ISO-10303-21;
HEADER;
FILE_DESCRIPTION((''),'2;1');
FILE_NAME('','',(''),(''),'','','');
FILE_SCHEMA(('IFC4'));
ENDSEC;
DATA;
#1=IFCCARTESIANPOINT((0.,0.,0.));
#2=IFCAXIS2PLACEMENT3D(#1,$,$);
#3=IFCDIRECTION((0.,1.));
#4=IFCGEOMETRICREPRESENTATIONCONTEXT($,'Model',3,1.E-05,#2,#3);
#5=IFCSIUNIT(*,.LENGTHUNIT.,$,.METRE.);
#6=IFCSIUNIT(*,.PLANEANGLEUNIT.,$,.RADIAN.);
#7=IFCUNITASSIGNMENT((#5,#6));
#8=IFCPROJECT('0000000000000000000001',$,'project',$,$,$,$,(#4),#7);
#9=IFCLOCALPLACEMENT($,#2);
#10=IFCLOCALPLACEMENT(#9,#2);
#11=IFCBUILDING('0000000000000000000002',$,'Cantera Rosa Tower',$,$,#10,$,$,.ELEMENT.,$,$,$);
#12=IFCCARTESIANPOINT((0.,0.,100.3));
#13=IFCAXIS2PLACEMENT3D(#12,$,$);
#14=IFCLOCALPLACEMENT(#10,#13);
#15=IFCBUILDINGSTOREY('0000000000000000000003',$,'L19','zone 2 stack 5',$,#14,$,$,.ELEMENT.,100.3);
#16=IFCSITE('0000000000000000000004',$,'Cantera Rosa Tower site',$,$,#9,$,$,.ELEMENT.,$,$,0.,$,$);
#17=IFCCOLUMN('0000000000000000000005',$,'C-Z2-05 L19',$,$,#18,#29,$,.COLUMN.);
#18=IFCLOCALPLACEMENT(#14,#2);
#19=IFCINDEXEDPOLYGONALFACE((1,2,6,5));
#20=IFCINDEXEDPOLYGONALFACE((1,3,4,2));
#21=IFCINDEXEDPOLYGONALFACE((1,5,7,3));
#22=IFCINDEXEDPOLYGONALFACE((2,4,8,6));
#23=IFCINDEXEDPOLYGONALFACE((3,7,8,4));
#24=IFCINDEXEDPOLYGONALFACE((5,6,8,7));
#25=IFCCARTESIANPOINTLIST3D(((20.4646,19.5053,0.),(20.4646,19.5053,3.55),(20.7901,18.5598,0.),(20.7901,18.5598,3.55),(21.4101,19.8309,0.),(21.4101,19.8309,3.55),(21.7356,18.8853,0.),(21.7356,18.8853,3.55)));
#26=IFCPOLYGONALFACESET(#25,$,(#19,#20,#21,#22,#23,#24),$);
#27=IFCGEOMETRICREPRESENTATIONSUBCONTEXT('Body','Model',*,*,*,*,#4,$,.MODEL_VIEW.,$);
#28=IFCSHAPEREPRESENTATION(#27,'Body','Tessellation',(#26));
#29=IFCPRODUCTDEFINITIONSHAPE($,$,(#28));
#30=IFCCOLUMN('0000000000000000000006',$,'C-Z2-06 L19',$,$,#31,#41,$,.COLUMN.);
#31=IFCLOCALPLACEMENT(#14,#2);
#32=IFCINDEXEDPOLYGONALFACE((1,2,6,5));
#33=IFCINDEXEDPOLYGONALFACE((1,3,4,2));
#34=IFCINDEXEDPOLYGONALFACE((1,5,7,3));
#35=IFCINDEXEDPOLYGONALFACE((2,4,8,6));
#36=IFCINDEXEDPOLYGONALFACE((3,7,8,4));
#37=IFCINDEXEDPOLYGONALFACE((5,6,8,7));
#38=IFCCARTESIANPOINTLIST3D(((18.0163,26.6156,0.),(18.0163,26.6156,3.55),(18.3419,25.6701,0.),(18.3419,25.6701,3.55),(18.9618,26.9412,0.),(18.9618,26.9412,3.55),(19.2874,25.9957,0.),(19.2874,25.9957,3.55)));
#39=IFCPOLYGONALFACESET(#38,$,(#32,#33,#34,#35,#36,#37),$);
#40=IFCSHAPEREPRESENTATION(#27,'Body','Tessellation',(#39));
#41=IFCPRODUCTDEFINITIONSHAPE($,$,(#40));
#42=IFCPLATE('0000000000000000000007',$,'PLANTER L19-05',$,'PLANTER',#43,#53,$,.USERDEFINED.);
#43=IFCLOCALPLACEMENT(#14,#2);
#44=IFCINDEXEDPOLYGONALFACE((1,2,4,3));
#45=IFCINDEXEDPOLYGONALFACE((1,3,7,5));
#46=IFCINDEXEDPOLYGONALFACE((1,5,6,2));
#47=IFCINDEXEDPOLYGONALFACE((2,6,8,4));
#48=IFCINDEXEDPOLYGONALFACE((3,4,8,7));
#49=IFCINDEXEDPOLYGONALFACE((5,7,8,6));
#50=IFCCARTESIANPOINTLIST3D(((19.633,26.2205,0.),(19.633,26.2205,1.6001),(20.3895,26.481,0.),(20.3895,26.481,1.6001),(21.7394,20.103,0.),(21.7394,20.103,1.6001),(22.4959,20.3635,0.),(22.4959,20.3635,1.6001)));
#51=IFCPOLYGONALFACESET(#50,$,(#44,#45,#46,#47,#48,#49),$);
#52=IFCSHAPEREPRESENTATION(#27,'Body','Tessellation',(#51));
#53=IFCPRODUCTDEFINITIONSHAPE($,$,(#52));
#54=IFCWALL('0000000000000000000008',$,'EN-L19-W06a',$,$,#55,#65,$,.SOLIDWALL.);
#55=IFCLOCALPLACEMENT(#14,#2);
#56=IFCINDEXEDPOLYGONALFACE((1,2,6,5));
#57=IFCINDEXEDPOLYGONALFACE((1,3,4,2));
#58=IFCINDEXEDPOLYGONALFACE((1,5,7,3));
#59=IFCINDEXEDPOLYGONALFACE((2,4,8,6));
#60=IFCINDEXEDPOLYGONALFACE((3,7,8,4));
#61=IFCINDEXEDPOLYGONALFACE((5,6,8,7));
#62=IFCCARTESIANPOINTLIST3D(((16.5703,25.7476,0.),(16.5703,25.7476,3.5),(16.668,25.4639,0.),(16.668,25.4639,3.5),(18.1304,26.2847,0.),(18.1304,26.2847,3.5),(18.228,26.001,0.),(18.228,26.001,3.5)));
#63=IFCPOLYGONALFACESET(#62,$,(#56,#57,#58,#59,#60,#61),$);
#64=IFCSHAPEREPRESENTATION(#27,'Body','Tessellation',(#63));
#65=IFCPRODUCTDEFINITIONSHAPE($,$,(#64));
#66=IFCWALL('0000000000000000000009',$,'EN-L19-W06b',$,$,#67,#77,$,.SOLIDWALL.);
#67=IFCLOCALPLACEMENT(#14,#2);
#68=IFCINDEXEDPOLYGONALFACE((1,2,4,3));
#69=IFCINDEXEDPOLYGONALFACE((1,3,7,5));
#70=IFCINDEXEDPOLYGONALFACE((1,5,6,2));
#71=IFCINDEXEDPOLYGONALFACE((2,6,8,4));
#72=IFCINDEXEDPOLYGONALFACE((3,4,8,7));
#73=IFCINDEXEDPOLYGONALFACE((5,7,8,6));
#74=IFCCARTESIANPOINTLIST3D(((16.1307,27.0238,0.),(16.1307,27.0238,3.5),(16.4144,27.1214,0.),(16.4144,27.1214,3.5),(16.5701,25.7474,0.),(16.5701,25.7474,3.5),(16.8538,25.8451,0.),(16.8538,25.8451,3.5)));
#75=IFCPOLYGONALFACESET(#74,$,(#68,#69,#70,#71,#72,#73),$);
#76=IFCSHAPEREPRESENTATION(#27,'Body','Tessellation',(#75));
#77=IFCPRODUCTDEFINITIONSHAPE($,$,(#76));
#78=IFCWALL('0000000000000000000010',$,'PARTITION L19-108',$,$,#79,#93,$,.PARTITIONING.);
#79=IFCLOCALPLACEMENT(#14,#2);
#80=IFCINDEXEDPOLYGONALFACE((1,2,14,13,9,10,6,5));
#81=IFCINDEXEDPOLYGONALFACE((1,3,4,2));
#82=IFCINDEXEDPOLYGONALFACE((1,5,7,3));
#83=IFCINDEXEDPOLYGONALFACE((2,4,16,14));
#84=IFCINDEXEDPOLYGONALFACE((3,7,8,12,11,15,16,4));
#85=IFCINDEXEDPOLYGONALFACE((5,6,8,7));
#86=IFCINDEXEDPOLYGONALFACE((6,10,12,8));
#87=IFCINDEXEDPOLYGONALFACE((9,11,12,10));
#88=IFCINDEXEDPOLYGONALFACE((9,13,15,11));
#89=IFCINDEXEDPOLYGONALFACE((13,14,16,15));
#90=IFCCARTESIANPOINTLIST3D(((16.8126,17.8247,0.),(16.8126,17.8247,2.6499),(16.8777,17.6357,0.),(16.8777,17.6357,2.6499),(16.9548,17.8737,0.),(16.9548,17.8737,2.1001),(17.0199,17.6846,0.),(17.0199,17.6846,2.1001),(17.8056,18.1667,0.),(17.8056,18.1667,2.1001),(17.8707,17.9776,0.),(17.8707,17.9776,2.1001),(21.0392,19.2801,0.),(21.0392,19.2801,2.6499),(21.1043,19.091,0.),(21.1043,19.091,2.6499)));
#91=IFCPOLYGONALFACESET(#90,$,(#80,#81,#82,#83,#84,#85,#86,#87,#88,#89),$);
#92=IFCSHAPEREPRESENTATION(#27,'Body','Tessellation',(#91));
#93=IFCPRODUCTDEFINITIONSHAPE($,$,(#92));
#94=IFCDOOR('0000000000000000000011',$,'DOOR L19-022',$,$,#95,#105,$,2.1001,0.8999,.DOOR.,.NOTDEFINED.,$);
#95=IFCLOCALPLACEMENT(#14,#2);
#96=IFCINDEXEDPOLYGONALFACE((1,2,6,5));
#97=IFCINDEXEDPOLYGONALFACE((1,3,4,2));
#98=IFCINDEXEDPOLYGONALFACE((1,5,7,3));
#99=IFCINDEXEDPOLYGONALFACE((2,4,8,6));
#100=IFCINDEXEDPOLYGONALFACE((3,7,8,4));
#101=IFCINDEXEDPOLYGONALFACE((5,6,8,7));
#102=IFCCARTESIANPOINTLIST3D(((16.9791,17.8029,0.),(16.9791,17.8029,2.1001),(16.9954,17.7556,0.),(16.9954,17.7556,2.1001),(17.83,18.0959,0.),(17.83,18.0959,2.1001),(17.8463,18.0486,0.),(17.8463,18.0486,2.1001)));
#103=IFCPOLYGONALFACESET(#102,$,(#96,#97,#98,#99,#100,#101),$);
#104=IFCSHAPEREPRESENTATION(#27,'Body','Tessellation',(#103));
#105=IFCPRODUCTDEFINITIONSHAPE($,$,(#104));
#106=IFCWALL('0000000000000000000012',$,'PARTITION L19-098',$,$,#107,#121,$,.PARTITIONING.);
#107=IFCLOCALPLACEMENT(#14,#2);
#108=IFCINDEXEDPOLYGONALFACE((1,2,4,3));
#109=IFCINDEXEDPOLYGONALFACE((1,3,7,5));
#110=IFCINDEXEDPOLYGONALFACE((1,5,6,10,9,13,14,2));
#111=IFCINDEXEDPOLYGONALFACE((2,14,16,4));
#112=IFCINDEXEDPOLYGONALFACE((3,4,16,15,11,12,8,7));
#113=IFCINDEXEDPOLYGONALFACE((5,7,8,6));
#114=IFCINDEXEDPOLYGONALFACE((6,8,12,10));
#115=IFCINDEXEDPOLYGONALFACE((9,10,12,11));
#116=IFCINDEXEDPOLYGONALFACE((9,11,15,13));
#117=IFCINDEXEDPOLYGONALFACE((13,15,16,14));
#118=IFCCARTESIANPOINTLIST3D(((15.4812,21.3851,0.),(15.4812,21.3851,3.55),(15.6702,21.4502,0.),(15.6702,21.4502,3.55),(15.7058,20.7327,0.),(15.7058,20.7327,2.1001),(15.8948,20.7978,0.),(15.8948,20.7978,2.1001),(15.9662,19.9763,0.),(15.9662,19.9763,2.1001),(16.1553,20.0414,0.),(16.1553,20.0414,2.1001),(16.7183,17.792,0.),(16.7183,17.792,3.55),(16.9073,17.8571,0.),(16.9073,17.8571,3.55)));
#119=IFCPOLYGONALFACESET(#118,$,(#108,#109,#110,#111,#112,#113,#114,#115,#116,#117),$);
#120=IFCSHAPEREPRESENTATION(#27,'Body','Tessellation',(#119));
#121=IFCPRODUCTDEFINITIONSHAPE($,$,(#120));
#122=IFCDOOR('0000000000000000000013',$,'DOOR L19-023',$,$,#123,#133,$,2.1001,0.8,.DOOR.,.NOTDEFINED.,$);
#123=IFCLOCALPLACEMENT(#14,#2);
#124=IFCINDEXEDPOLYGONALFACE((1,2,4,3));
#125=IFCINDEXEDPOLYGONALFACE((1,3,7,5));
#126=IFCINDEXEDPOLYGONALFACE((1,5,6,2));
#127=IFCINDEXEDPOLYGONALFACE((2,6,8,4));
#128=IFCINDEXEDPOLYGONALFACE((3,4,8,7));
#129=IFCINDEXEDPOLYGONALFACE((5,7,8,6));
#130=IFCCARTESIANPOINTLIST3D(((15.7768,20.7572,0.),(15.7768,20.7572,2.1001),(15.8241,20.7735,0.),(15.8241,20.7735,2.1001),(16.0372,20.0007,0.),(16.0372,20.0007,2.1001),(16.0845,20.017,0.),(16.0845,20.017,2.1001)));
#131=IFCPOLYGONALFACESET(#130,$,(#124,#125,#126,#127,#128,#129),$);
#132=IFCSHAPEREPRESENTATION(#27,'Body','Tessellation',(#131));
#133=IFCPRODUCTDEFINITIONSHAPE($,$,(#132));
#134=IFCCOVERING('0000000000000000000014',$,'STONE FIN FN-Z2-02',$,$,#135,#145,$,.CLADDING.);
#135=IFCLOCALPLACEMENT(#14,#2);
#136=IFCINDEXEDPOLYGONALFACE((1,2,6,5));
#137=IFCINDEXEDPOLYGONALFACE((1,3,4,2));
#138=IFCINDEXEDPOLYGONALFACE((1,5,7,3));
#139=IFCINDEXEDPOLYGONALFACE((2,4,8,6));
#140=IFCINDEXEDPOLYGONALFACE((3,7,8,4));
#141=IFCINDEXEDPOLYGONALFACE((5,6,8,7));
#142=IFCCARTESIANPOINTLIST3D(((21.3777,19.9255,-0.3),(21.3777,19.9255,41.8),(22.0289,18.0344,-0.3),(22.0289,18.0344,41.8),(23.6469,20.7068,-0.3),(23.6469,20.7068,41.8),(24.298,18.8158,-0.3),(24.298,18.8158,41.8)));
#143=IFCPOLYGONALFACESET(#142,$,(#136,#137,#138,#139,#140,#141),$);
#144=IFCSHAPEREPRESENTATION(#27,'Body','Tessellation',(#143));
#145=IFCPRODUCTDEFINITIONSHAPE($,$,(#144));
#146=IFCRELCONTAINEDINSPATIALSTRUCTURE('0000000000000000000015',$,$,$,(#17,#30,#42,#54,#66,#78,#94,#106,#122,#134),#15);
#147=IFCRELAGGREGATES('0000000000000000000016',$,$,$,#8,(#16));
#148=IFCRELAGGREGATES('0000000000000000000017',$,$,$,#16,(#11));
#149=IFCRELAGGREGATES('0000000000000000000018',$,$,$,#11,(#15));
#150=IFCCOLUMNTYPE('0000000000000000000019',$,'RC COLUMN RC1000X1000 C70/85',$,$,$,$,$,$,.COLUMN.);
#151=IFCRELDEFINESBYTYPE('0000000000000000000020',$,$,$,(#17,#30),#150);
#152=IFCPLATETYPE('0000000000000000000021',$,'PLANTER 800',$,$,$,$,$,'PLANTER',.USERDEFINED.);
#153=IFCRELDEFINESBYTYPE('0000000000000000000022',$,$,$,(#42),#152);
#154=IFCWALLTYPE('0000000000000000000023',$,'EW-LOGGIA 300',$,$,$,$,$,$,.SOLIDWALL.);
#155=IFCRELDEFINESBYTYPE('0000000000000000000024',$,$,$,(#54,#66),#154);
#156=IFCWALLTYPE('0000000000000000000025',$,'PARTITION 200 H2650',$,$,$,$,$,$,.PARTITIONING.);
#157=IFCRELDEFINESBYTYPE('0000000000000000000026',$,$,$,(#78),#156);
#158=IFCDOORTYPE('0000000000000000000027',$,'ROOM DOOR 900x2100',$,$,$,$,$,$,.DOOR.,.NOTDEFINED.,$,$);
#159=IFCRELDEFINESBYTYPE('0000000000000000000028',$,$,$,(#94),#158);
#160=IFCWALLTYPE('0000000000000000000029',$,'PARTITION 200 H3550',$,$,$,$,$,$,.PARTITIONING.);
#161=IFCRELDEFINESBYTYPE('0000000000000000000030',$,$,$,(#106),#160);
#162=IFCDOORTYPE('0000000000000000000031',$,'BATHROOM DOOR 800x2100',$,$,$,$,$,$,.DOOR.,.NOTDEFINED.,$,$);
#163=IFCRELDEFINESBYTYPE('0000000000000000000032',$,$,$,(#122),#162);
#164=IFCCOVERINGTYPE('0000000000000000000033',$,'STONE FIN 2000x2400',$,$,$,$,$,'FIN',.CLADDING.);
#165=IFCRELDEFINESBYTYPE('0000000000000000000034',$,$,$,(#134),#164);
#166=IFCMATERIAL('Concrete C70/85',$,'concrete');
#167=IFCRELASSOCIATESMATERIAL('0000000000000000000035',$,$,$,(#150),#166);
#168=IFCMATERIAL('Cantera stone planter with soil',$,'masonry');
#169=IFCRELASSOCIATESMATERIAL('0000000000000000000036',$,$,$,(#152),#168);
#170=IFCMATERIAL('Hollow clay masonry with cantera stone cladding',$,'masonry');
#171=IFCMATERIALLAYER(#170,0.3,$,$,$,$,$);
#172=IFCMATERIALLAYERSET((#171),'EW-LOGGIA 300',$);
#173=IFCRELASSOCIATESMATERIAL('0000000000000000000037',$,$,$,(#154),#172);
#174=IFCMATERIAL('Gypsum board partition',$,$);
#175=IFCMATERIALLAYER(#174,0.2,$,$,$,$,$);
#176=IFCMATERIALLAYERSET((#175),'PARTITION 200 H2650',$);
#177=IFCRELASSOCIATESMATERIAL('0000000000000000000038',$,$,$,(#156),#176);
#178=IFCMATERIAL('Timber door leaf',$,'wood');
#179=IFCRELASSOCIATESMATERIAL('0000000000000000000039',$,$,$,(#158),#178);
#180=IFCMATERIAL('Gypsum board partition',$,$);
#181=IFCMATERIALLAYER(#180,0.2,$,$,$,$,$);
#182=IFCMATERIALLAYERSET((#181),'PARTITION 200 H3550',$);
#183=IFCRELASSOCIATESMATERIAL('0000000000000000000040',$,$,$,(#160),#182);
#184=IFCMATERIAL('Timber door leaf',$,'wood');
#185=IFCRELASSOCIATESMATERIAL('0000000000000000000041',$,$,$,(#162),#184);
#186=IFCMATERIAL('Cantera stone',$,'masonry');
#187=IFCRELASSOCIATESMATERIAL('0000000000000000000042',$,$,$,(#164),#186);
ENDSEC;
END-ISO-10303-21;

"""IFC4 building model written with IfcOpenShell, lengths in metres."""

from ifc_helpers import new_model, si_unit, direction, frame, frame_2d, origin, origin_2d, place, context, subcontext, project, spatial, rectangle, extrude, material, layer, layer_set, material_profile, profile_set, type_object, element, fill, save


model = new_model("IFC4")

# Units and contexts
model_context = context("Model", 3, precision=1e-05, world=origin(), true_north=direction((0.0, 1.0)))
body_context = subcontext(model_context, "Body", "Model", "MODEL_VIEW")
ifc_project = project(units=[si_unit("LENGTHUNIT", "METRE"), si_unit("PLANEANGLEUNIT", "RADIAN")], contexts=[model_context])

# Site, building, storey
site_placement = place(None, origin())
site = spatial("IfcSite", under=ifc_project, at=site_placement, Name="Cantera Rosa Tower site", CompositionType="ELEMENT", RefElevation=0.0)
building_placement = place(site_placement, origin())
building = spatial("IfcBuilding", under=site, at=building_placement, Name="Cantera Rosa Tower", CompositionType="ELEMENT")
storey_placement = place(building_placement, frame((0.0, 0.0, 100.3)))
storey = spatial("IfcBuildingStorey", under=building, at=storey_placement, Name="L19", Description="zone 2 stack 5", CompositionType="ELEMENT", Elevation=100.3)

# Columns
ifc_material_1 = material(Name="Concrete C70/85", Category="concrete")
ifc_material_profile = material_profile(ifc_material_1, rectangle(XDim=1.0, YDim=1.0, at=origin_2d()), Name="RC COLUMN RC1000X1000 C70/85")
ifc_profile_set = profile_set([ifc_material_profile], Name="Concrete C70/85")
column_type = type_object("IfcColumnType", Name="RC COLUMN RC1000X1000 C70/85", PredefinedType="COLUMN", material=ifc_profile_set)
for number, where, z_axis, x_axis, name in (
    (1, (21.1001, 19.1953, 0.0), (0.0, 0.0, 1.0), (0.945519, 0.325568, 0.0), "C-Z2-05 L19"),
    (2, (18.6519, 26.3057, 0.0), (0.0, 0.0, 1.0), (0.945519, 0.325568, 0.0), "C-Z2-06 L19"),
):
    element("IfcColumn", number, at=place(storey_placement, frame(where, z_axis=z_axis, x_axis=x_axis)), inside=storey, type_object=column_type, Name=name, PredefinedType="COLUMN", context=body_context, shape_type="SweptSolid", body=[
        extrude(rectangle(XDim=1.0, YDim=1.0, at=origin_2d()), origin(), (0.0, 0.0, 1.0), 3.55),
    ])

# Plate
ifc_material_2 = material(Name="Cantera stone planter with soil", Category="masonry")
plate_type = type_object("IfcPlateType", Name="PLANTER 800", ElementType="PLANTER", PredefinedType="USERDEFINED", material=ifc_material_2)
plate_placement = place(storey_placement, frame((21.0645, 23.292, 0.0), z_axis=(0.0, 0.0, 1.0), x_axis=(-0.325568, 0.945519, 0.0)))
element("IfcPlate", 3, at=plate_placement, inside=storey, type_object=plate_type, Name="PLANTER L19-05", ObjectType="PLANTER", PredefinedType="USERDEFINED", context=body_context, shape_type="SweptSolid", body=[
    extrude(rectangle(XDim=6.47, YDim=0.8, at=origin_2d()), origin(), (0.0, 0.0, 1.0), 1.6001),
])

# Walls
ifc_material_3 = material(Name="Hollow clay masonry with cantera stone cladding", Category="masonry")
ifc_layer_1 = layer(ifc_material_3, 0.3)
ifc_layer_set_1 = layer_set([ifc_layer_1], Name="EW-LOGGIA 300")
wall_type_1 = type_object("IfcWallType", Name="EW-LOGGIA 300", PredefinedType="SOLIDWALL", material=ifc_layer_set_1)
wall_1_placement = place(storey_placement, frame((18.1792, 26.1428, 0.0), z_axis=(0.0, 0.0, 1.0), x_axis=(-0.94553, -0.325535, 0.0)))
element("IfcWall", 4, at=wall_1_placement, inside=storey, type_object=wall_type_1, Name="EN-L19-W06a", PredefinedType="SOLIDWALL", context=body_context, shape_type="SweptSolid", body=[
    extrude(rectangle(XDim=1.6499, YDim=0.3, at=frame_2d((0.825, 0.0))), origin(), (0.0, 0.0, 1.0), 3.5),
])
wall_2_placement = place(storey_placement, frame((16.7119, 25.7964, 0.0), z_axis=(0.0, 0.0, 1.0), x_axis=(-0.325545, 0.945527, 0.0)))
element("IfcWall", 5, at=wall_2_placement, inside=storey, type_object=wall_type_1, Name="EN-L19-W06b", PredefinedType="SOLIDWALL", context=body_context, shape_type="SweptSolid", body=[
    extrude(rectangle(XDim=1.3499, YDim=0.3, at=frame_2d((0.6748, 0.0))), origin(), (0.0, 0.0, 1.0), 3.5),
])

# Walls, openings, doors
ifc_material_4 = material(Name="Gypsum board partition")
ifc_layer_2 = layer(ifc_material_4, 0.2)
ifc_layer_set_2 = layer_set([ifc_layer_2], Name="PARTITION 200 H2650")
wall_type_2 = type_object("IfcWallType", Name="PARTITION 200 H2650", PredefinedType="PARTITIONING", material=ifc_layer_set_2)
wall_3_placement = place(storey_placement, frame((21.0718, 19.1855, 0.0), z_axis=(0.0, 0.0, 1.0), x_axis=(-0.945519, -0.325568, 0.0)))
wall_3 = element("IfcWall", 6, at=wall_3_placement, inside=storey, type_object=wall_type_2, Name="PARTITION L19-108", PredefinedType="PARTITIONING", context=body_context, shape_type="SweptSolid", body=[
    extrude(rectangle(XDim=4.4702, YDim=0.2, at=frame_2d((2.2351, 0.0))), origin(), (0.0, 0.0, 1.0), 2.6499),
])
opening_1_placement = place(wall_3_placement, frame((3.4199, 0.0, 0.0)))
opening_1 = element("IfcOpeningElement", 7, at=opening_1_placement, cuts=wall_3, PredefinedType="OPENING", context=body_context, shape_type="SweptSolid", body=[
    extrude(rectangle(XDim=0.8999, YDim=2.1001, at=frame_2d((0.45, 1.05))), frame((0.0, 0.1099, 0.0), z_axis=(0.0, -1.0, 0.0), x_axis=(1.0, 0.0, 0.0)), (0.0, 0.0, 1.0), 0.22),
])
ifc_material_5 = material(Name="Timber door leaf", Category="wood")
door_type_1 = type_object("IfcDoorType", Name="ROOM DOOR 900x2100", OperationType="NOTDEFINED", PredefinedType="DOOR", material=ifc_material_5)
door_1_placement = place(opening_1_placement, origin())
door_1 = element("IfcDoor", 8, at=door_1_placement, inside=storey, type_object=door_type_1, Name="DOOR L19-022", OperationType="NOTDEFINED", OverallHeight=2.1001, OverallWidth=0.8999, PredefinedType="DOOR", context=body_context, shape_type="SweptSolid", body=[
    extrude(rectangle(XDim=0.8999, YDim=2.1001, at=frame_2d((0.45, 1.05))), frame((0.0, 0.0249, 0.0), z_axis=(0.0, -1.0, 0.0), x_axis=(1.0, 0.0, 0.0)), (0.0, 0.0, 1.0), 0.05),
])
fill(opening_1, door_1)
ifc_material_6 = material(Name="Gypsum board partition")
ifc_layer_3 = layer(ifc_material_6, 0.2)
ifc_layer_set_3 = layer_set([ifc_layer_3], Name="PARTITION 200 H3550")
wall_type_3 = type_object("IfcWallType", Name="PARTITION 200 H3550", PredefinedType="PARTITIONING", material=ifc_layer_set_3)
wall_4_placement = place(storey_placement, frame((16.8127, 17.8247, 0.0), z_axis=(0.0, 0.0, 1.0), x_axis=(-0.325541, 0.945528, 0.0)))
wall_4 = element("IfcWall", 9, at=wall_4_placement, inside=storey, type_object=wall_type_3, Name="PARTITION L19-098", PredefinedType="PARTITIONING", context=body_context, shape_type="SweptSolid", body=[
    extrude(rectangle(XDim=3.8, YDim=0.2, at=frame_2d((1.8999, 0.0))), origin(), (0.0, 0.0, 1.0), 3.55),
])
opening_2_placement = place(wall_4_placement, frame((2.3101, 0.0, 0.0)))
opening_2 = element("IfcOpeningElement", 10, at=opening_2_placement, cuts=wall_4, PredefinedType="OPENING", context=body_context, shape_type="SweptSolid", body=[
    extrude(rectangle(XDim=0.8, YDim=2.1001, at=frame_2d((0.3999, 1.05))), frame((0.0, 0.1099, 0.0), z_axis=(0.0, -1.0, 0.0), x_axis=(1.0, 0.0, 0.0)), (0.0, 0.0, 1.0), 0.22),
])
ifc_material_7 = material(Name="Timber door leaf", Category="wood")
door_type_2 = type_object("IfcDoorType", Name="BATHROOM DOOR 800x2100", OperationType="NOTDEFINED", PredefinedType="DOOR", material=ifc_material_7)
door_2_placement = place(opening_2_placement, origin())
door_2 = element("IfcDoor", 11, at=door_2_placement, inside=storey, type_object=door_type_2, Name="DOOR L19-023", OperationType="NOTDEFINED", OverallHeight=2.1001, OverallWidth=0.8, PredefinedType="DOOR", context=body_context, shape_type="SweptSolid", body=[
    extrude(rectangle(XDim=0.8, YDim=2.1001, at=frame_2d((0.3999, 1.05))), frame((0.0, 0.0249, 0.0), z_axis=(0.0, -1.0, 0.0), x_axis=(1.0, 0.0, 0.0)), (0.0, 0.0, 1.0), 0.05),
])
fill(opening_2, door_2)

# Covering
ifc_material_8 = material(Name="Cantera stone", Category="masonry")
covering_type = type_object("IfcCoveringType", Name="STONE FIN 2000x2400", ElementType="FIN", PredefinedType="CLADDING", material=ifc_material_8)
covering_placement = place(storey_placement, frame((22.8379, 19.3706, -0.3), z_axis=(0.0, 0.0, 1.0), x_axis=(-0.325568, 0.945519, 0.0)))
element("IfcCovering", 12, at=covering_placement, inside=storey, type_object=covering_type, Name="STONE FIN FN-Z2-02", PredefinedType="CLADDING", context=body_context, shape_type="SweptSolid", body=[
    extrude(rectangle(XDim=2.0, YDim=2.3999, at=origin_2d()), origin(), (0.0, 0.0, 1.0), 42.1001),
])

save(model, "model.ifc")
